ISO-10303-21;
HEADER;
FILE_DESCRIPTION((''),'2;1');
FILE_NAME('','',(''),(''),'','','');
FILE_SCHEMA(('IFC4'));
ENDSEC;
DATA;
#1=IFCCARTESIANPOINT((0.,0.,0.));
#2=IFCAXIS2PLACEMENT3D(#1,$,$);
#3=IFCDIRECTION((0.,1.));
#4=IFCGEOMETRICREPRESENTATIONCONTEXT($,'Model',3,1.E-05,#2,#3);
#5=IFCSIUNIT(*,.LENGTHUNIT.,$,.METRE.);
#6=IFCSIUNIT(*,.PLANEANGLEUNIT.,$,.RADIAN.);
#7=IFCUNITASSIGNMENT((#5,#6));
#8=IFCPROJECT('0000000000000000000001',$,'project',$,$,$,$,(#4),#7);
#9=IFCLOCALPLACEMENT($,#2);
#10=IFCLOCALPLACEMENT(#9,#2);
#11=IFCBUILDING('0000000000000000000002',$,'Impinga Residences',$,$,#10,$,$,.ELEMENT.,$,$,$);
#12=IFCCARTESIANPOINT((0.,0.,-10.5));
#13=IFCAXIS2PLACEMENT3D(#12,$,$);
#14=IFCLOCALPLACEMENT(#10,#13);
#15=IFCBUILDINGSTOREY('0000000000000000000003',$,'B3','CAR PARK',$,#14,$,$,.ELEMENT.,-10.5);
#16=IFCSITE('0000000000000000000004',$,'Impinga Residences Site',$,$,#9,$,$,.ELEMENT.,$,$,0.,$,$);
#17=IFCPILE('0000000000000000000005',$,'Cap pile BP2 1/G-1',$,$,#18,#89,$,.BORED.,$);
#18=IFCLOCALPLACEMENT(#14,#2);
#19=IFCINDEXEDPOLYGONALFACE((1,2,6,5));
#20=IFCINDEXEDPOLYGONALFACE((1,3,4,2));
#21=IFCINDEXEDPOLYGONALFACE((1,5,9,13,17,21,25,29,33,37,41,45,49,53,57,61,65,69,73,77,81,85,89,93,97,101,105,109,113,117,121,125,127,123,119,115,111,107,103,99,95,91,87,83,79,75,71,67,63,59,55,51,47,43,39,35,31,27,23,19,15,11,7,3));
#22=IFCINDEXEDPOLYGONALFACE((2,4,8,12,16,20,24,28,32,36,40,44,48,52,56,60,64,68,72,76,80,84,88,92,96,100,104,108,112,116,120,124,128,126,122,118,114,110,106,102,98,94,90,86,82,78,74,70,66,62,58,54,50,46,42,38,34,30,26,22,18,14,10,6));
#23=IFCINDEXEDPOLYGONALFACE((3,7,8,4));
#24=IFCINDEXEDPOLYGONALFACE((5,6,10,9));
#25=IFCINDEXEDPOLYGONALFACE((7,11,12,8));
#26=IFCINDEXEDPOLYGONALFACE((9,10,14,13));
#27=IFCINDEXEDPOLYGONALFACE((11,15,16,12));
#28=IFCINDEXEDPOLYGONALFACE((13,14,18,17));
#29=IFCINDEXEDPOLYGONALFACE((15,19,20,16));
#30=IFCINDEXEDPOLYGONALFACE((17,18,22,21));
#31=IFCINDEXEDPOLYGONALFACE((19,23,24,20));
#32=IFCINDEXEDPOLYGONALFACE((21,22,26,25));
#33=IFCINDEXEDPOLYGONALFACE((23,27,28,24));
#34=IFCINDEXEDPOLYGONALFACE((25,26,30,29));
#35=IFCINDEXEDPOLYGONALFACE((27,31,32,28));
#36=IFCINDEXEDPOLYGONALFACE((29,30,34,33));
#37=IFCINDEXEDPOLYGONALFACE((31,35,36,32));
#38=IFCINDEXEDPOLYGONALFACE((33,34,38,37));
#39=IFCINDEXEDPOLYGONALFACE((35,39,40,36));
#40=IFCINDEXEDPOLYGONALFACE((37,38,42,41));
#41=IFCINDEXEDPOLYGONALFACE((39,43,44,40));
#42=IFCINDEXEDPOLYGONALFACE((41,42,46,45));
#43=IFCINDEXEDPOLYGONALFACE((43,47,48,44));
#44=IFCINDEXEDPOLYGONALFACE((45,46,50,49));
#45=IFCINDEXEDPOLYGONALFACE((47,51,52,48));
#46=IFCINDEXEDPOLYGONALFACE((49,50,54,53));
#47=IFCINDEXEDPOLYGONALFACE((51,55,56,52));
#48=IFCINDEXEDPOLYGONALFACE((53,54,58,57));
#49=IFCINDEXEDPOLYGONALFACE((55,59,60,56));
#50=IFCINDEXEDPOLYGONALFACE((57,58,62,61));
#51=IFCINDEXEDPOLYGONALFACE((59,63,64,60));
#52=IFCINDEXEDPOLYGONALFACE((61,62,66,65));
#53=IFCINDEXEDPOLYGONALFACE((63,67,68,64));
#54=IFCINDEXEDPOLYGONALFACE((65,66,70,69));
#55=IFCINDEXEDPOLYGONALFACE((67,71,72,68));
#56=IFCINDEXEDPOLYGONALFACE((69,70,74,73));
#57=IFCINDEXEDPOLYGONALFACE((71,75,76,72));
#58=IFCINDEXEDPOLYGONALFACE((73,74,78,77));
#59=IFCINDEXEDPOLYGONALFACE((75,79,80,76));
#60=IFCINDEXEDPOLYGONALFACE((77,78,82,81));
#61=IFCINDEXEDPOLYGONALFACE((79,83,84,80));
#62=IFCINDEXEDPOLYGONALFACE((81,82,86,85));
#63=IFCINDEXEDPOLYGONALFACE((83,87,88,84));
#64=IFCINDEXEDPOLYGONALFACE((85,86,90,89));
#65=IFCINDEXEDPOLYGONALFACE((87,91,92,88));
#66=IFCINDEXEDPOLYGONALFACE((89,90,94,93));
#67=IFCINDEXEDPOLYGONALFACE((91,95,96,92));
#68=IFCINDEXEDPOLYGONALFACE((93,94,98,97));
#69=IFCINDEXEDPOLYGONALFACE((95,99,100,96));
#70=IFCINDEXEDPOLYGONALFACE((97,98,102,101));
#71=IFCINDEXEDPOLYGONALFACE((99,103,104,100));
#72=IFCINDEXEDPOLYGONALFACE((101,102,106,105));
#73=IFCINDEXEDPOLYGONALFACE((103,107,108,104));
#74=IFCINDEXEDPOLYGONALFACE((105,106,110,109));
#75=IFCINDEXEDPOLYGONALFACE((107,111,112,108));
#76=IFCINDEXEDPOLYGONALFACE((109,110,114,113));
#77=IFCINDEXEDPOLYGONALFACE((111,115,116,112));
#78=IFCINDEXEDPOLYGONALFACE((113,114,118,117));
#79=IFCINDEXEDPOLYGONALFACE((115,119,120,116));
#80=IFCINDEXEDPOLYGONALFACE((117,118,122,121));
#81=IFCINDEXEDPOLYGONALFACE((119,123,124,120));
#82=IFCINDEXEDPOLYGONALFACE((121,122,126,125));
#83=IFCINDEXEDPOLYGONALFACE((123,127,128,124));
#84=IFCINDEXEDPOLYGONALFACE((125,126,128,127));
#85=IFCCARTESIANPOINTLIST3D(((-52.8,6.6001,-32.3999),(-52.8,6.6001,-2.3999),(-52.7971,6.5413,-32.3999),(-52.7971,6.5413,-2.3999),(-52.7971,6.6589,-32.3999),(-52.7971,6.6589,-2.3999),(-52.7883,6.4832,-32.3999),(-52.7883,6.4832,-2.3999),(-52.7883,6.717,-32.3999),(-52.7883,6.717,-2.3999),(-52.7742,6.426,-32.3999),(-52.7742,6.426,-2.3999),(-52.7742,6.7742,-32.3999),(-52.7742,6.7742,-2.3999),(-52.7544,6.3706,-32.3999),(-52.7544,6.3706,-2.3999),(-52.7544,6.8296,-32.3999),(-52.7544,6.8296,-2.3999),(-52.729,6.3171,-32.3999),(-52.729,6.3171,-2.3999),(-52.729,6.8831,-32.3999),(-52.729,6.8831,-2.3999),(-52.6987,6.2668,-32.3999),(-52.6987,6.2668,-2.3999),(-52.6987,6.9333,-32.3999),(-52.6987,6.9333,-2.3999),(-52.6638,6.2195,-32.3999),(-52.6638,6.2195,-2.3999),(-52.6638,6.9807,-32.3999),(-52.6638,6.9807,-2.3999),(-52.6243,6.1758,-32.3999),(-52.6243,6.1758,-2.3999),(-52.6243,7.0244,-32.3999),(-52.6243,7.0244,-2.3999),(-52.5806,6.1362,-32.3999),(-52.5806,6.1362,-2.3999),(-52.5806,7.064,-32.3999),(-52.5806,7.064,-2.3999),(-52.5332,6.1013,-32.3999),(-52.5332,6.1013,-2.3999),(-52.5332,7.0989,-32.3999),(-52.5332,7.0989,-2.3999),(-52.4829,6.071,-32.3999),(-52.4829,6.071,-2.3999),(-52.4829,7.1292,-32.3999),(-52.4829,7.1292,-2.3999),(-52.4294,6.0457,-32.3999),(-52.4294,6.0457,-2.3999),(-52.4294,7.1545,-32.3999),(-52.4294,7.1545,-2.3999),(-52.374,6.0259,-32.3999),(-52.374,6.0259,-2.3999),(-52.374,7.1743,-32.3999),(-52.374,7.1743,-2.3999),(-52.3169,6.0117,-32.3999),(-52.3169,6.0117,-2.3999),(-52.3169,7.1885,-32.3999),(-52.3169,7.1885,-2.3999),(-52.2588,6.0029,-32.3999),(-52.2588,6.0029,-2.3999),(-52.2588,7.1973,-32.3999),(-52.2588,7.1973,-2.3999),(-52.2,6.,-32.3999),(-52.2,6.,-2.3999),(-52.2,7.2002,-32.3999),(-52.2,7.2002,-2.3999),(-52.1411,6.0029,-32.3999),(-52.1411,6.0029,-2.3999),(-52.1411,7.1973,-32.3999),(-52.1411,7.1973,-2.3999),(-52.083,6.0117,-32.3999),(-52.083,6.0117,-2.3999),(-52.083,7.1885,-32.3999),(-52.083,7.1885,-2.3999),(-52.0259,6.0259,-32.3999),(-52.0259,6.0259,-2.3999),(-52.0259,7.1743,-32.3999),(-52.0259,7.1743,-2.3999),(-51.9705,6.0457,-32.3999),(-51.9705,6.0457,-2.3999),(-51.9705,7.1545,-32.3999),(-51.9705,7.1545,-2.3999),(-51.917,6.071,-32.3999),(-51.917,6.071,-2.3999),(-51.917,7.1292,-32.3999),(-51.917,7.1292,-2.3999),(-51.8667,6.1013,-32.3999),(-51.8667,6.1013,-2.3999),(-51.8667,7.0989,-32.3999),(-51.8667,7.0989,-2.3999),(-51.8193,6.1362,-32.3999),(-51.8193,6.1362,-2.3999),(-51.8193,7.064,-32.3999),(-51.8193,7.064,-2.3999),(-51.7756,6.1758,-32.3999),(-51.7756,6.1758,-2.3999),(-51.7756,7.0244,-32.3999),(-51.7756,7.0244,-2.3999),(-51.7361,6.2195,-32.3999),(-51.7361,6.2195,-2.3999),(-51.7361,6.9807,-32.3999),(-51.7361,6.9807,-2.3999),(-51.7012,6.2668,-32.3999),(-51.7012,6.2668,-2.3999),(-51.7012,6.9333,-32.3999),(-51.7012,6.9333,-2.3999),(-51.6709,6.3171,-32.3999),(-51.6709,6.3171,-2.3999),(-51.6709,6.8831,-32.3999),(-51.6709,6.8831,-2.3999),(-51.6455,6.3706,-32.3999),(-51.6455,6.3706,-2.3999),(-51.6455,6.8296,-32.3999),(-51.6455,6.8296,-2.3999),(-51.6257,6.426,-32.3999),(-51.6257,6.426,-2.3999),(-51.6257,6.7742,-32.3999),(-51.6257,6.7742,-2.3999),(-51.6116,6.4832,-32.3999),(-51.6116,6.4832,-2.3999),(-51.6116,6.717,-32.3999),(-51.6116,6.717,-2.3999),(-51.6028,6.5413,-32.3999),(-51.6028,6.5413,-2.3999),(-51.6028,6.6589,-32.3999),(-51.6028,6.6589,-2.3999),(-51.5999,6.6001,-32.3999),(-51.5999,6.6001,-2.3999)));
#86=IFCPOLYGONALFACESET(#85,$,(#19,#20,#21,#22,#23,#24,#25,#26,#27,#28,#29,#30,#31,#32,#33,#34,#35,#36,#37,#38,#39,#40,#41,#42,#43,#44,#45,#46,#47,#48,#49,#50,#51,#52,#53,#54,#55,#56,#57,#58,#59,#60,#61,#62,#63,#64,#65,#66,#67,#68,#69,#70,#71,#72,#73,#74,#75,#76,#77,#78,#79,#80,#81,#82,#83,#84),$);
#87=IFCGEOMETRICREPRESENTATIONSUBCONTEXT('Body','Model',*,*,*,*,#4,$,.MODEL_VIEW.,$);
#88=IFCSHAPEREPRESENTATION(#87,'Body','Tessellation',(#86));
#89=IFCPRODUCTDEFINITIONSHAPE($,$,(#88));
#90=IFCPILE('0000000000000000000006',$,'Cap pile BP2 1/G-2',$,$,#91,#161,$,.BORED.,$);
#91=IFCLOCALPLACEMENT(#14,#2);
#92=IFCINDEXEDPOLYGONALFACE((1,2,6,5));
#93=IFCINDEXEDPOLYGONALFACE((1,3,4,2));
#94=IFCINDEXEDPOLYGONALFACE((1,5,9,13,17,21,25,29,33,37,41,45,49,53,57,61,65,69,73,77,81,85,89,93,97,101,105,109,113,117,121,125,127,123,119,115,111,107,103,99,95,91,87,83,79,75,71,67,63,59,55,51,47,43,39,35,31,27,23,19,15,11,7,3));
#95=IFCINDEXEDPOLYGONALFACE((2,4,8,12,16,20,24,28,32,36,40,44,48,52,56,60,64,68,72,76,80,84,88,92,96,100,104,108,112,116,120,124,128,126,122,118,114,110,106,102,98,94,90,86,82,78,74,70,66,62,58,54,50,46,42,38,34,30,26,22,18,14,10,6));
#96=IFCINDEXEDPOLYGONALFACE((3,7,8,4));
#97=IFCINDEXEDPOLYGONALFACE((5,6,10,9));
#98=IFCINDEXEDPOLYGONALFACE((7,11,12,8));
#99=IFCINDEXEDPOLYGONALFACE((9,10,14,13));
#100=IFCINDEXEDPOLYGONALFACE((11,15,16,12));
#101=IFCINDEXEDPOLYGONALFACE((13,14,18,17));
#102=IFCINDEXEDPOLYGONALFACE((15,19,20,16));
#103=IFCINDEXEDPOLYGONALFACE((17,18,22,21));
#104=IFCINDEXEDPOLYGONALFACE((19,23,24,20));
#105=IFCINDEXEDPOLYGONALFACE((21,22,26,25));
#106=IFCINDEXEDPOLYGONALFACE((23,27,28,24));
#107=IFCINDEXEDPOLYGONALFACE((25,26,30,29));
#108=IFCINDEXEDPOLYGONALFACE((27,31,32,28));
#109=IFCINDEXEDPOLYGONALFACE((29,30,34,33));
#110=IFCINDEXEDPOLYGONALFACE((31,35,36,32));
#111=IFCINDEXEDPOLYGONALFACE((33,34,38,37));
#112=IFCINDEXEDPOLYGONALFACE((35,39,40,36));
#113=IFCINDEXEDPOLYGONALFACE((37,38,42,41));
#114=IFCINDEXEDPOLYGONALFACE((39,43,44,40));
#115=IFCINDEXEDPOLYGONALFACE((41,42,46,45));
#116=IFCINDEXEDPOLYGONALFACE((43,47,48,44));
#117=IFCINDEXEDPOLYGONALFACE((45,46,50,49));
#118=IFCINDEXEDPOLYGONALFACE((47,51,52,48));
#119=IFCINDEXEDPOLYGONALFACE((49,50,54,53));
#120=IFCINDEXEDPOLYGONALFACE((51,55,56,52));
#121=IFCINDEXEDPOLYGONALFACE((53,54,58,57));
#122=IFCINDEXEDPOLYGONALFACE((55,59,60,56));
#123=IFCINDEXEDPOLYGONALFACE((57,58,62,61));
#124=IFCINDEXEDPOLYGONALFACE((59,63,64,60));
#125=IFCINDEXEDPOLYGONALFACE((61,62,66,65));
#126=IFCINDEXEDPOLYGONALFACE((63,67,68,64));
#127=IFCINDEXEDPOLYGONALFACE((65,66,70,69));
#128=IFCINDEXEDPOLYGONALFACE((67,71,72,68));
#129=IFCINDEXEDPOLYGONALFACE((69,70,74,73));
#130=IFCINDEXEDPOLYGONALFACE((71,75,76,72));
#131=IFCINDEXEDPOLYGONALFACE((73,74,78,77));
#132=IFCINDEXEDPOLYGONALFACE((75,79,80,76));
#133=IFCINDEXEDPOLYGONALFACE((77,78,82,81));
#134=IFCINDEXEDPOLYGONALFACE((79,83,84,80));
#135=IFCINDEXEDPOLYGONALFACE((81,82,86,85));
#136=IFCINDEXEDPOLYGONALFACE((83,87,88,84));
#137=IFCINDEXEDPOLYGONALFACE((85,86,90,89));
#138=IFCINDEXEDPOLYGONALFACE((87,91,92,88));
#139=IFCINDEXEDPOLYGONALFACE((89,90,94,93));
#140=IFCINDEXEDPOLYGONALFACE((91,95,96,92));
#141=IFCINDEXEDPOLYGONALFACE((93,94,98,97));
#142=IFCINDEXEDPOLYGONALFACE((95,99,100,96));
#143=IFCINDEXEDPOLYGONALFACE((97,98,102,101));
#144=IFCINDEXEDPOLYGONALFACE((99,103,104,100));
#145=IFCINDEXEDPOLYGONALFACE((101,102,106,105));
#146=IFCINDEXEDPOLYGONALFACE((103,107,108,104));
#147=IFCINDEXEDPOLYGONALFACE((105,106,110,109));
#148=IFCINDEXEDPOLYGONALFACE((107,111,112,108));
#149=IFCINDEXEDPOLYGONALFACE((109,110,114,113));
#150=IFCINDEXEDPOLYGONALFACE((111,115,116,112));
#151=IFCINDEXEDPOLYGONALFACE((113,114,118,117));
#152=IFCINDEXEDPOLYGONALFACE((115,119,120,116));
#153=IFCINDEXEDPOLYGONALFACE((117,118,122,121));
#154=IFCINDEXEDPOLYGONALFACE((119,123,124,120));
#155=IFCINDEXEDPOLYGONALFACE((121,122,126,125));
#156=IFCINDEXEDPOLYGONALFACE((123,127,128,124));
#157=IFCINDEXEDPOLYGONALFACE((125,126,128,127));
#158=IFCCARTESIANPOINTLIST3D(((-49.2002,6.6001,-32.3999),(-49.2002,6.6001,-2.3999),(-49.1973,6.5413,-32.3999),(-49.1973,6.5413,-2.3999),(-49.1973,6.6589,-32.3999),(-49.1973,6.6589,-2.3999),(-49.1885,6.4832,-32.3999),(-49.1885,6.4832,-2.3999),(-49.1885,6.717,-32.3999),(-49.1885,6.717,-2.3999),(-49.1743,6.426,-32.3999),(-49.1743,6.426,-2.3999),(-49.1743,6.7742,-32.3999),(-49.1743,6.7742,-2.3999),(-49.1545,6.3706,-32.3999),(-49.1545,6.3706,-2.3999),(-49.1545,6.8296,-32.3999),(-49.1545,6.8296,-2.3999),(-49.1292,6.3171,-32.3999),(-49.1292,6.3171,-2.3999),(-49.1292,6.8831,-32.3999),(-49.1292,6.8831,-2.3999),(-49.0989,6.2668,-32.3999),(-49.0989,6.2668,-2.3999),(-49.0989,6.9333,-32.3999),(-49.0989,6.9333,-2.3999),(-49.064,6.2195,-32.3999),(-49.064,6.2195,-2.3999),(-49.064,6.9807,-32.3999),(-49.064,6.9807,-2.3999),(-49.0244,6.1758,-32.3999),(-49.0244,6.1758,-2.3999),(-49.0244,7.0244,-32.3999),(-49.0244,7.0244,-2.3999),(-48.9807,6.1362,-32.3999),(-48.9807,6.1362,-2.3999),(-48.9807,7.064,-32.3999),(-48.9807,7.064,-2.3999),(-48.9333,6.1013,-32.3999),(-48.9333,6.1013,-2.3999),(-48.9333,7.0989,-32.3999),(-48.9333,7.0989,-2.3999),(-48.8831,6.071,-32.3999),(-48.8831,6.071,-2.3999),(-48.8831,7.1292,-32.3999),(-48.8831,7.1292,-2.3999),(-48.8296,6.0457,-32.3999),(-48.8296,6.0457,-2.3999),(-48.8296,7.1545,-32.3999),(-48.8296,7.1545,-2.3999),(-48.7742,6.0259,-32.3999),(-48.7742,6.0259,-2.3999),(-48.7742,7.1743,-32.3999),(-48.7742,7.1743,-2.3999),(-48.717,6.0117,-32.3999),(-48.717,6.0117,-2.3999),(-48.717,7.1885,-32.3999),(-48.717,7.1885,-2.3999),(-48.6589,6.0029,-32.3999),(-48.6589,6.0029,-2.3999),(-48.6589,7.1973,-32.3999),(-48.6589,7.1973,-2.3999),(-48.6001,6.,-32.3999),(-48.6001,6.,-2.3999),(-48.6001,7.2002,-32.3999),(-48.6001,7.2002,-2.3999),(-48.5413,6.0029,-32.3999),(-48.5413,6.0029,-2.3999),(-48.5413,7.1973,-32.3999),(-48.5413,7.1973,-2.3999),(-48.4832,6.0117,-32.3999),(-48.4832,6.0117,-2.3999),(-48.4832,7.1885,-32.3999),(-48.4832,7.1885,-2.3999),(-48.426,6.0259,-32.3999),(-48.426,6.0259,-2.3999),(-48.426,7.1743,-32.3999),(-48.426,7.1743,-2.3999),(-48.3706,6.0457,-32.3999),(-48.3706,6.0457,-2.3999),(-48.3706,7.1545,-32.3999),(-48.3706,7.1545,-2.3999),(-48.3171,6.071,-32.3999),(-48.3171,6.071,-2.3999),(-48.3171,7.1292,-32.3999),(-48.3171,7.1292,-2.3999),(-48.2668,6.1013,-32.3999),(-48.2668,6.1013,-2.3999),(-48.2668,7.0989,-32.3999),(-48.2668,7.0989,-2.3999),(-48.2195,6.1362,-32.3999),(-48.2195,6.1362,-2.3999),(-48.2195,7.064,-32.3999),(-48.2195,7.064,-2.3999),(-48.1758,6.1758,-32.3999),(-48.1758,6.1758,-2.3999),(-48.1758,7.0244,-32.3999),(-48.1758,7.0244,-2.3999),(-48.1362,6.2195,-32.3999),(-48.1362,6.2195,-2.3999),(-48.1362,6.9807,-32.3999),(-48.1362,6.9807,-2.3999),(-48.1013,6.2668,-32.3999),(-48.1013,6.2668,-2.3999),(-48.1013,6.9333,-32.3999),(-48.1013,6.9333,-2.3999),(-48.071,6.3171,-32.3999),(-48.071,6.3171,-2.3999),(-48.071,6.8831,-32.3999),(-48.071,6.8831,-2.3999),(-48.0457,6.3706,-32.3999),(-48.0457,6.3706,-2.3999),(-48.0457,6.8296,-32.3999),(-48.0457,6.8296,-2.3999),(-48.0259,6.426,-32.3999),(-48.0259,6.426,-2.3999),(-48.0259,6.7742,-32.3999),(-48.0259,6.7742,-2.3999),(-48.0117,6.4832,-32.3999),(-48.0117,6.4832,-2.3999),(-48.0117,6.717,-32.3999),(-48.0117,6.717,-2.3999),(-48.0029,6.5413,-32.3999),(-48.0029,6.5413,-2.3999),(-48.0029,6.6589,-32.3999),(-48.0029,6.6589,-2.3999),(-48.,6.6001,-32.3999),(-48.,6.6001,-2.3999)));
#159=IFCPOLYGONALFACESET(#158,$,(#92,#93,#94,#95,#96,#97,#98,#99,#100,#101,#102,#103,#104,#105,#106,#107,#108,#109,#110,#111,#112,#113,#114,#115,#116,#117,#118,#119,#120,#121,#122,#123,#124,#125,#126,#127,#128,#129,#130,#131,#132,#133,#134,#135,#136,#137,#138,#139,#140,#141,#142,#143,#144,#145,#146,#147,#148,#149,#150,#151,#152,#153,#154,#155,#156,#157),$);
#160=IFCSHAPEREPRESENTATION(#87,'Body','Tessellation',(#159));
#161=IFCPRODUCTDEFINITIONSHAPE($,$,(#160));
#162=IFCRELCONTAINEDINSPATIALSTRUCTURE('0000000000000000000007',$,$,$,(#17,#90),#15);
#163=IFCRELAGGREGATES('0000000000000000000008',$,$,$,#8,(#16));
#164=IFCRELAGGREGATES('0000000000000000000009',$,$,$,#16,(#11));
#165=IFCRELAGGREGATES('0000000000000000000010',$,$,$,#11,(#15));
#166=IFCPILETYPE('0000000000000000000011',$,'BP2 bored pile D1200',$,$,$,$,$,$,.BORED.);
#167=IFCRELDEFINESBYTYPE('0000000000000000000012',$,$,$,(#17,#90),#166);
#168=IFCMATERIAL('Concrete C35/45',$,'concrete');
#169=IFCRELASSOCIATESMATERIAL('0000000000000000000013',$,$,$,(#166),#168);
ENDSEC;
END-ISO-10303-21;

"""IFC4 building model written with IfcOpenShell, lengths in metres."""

from ifc_helpers import new_model, si_unit, direction, frame, origin, origin_2d, place, context, subcontext, project, spatial, polyline, circle, outline, extrude, material, material_profile, profile_set, type_object, element, save


model = new_model("IFC4")

# Units and contexts
model_context = context("Model", 3, precision=1e-05, world=origin(), true_north=direction((0.0, 1.0)))
body_context = subcontext(model_context, "Body", "Model", "MODEL_VIEW")
ifc_project = project(units=[si_unit("LENGTHUNIT", "METRE"), si_unit("PLANEANGLEUNIT", "RADIAN")], contexts=[model_context])

# Site, building, storey
site_placement = place(None, origin())
site = spatial("IfcSite", under=ifc_project, at=site_placement, Name="Impinga Residences Site", CompositionType="ELEMENT", RefElevation=0.0)
building_placement = place(site_placement, origin())
building = spatial("IfcBuilding", under=site, at=building_placement, Name="Impinga Residences", CompositionType="ELEMENT")
storey_placement = place(building_placement, frame((0.0, 0.0, -10.5)))
storey = spatial("IfcBuildingStorey", under=building, at=storey_placement, Name="B3", Description="CAR PARK", CompositionType="ELEMENT", Elevation=-10.5)

# Piles
ifc_material_1 = material(Name="Concrete C35/45", Category="concrete")
ifc_material_profile_1 = material_profile(ifc_material_1, circle(Radius=0.6001, at=origin_2d()), Name="D1200")
ifc_profile_set_1 = profile_set([ifc_material_profile_1], Name="Concrete C35/45")
pile_type = type_object("IfcPileType", Name="BP2 bored pile D1200", PredefinedType="BORED", material=ifc_profile_set_1)
pile_1_placement = place(storey_placement, frame((-52.2, 6.6001, -2.3999), z_axis=(0.0, 0.0, -1.0), x_axis=(1.0, 0.0, 0.0)))
element("IfcPile", 1, at=pile_1_placement, inside=storey, type_object=pile_type, Name="Cap pile BP2 1/G-1", PredefinedType="BORED", context=body_context, shape_type="SweptSolid", body=[
    extrude(outline(polyline([(0.6001, 0.0), (0.5972, 0.0588), (0.5884, 0.1169), (0.5742, 0.1741), (0.5544, 0.2295), (0.5291, 0.283), (0.4988, 0.3333), (0.4639, 0.3806), (0.4243, 0.4243), (0.3806, 0.4639), (0.3333, 0.4988), (0.283, 0.5291), (0.2295, 0.5544), (0.1741, 0.5742), (0.1169, 0.5884), (0.0588, 0.5972), (0.0, 0.6001), (-0.0588, 0.5972), (-0.1169, 0.5884), (-0.1741, 0.5742), (-0.2295, 0.5544), (-0.283, 0.5291), (-0.3333, 0.4988), (-0.3806, 0.4639), (-0.4243, 0.4243), (-0.4639, 0.3806), (-0.4988, 0.3333), (-0.5291, 0.283), (-0.5544, 0.2295), (-0.5742, 0.1741), (-0.5884, 0.1169), (-0.5972, 0.0588), (-0.6001, 0.0), (-0.5972, -0.0588), (-0.5884, -0.1169), (-0.5742, -0.1741), (-0.5544, -0.2295), (-0.5291, -0.283), (-0.4988, -0.3333), (-0.4639, -0.3806), (-0.4243, -0.4243), (-0.3806, -0.4639), (-0.3333, -0.4988), (-0.283, -0.5291), (-0.2295, -0.5544), (-0.1741, -0.5742), (-0.1169, -0.5884), (-0.0588, -0.5972), (0.0, -0.6001), (0.0588, -0.5972), (0.1169, -0.5884), (0.1741, -0.5742), (0.2295, -0.5544), (0.283, -0.5291), (0.3333, -0.4988), (0.3806, -0.4639), (0.4243, -0.4243), (0.4639, -0.3806), (0.4988, -0.3333), (0.5291, -0.283), (0.5544, -0.2295), (0.5742, -0.1741), (0.5884, -0.1169), (0.5972, -0.0588), (0.6001, 0.0)])), origin(), (0.0, 0.0, 1.0), 30.0),
])
pile_2_placement = place(storey_placement, frame((-48.6001, 6.6001, -2.3999), z_axis=(0.0, 0.0, -1.0), x_axis=(1.0, 0.0, 0.0)))
element("IfcPile", 2, at=pile_2_placement, inside=storey, type_object=pile_type, Name="Cap pile BP2 1/G-2", PredefinedType="BORED", context=body_context, shape_type="SweptSolid", body=[
    extrude(outline(polyline([(0.6001, 0.0), (0.5972, 0.0588), (0.5884, 0.1169), (0.5742, 0.1741), (0.5544, 0.2295), (0.5291, 0.283), (0.4988, 0.3333), (0.4639, 0.3806), (0.4243, 0.4243), (0.3806, 0.4639), (0.3333, 0.4988), (0.283, 0.5291), (0.2295, 0.5544), (0.1741, 0.5742), (0.1169, 0.5884), (0.0588, 0.5972), (0.0, 0.6001), (-0.0588, 0.5972), (-0.1169, 0.5884), (-0.1741, 0.5742), (-0.2295, 0.5544), (-0.283, 0.5291), (-0.3333, 0.4988), (-0.3806, 0.4639), (-0.4243, 0.4243), (-0.4639, 0.3806), (-0.4988, 0.3333), (-0.5291, 0.283), (-0.5544, 0.2295), (-0.5742, 0.1741), (-0.5884, 0.1169), (-0.5972, 0.0588), (-0.6001, 0.0), (-0.5972, -0.0588), (-0.5884, -0.1169), (-0.5742, -0.1741), (-0.5544, -0.2295), (-0.5291, -0.283), (-0.4988, -0.3333), (-0.4639, -0.3806), (-0.4243, -0.4243), (-0.3806, -0.4639), (-0.3333, -0.4988), (-0.283, -0.5291), (-0.2295, -0.5544), (-0.1741, -0.5742), (-0.1169, -0.5884), (-0.0588, -0.5972), (0.0, -0.6001), (0.0588, -0.5972), (0.1169, -0.5884), (0.1741, -0.5742), (0.2295, -0.5544), (0.283, -0.5291), (0.3333, -0.4988), (0.3806, -0.4639), (0.4243, -0.4243), (0.4639, -0.3806), (0.4988, -0.3333), (0.5291, -0.283), (0.5544, -0.2295), (0.5742, -0.1741), (0.5884, -0.1169), (0.5972, -0.0588), (0.6001, 0.0)])), origin(), (0.0, 0.0, 1.0), 30.0),
])

save(model, "model.ifc")
